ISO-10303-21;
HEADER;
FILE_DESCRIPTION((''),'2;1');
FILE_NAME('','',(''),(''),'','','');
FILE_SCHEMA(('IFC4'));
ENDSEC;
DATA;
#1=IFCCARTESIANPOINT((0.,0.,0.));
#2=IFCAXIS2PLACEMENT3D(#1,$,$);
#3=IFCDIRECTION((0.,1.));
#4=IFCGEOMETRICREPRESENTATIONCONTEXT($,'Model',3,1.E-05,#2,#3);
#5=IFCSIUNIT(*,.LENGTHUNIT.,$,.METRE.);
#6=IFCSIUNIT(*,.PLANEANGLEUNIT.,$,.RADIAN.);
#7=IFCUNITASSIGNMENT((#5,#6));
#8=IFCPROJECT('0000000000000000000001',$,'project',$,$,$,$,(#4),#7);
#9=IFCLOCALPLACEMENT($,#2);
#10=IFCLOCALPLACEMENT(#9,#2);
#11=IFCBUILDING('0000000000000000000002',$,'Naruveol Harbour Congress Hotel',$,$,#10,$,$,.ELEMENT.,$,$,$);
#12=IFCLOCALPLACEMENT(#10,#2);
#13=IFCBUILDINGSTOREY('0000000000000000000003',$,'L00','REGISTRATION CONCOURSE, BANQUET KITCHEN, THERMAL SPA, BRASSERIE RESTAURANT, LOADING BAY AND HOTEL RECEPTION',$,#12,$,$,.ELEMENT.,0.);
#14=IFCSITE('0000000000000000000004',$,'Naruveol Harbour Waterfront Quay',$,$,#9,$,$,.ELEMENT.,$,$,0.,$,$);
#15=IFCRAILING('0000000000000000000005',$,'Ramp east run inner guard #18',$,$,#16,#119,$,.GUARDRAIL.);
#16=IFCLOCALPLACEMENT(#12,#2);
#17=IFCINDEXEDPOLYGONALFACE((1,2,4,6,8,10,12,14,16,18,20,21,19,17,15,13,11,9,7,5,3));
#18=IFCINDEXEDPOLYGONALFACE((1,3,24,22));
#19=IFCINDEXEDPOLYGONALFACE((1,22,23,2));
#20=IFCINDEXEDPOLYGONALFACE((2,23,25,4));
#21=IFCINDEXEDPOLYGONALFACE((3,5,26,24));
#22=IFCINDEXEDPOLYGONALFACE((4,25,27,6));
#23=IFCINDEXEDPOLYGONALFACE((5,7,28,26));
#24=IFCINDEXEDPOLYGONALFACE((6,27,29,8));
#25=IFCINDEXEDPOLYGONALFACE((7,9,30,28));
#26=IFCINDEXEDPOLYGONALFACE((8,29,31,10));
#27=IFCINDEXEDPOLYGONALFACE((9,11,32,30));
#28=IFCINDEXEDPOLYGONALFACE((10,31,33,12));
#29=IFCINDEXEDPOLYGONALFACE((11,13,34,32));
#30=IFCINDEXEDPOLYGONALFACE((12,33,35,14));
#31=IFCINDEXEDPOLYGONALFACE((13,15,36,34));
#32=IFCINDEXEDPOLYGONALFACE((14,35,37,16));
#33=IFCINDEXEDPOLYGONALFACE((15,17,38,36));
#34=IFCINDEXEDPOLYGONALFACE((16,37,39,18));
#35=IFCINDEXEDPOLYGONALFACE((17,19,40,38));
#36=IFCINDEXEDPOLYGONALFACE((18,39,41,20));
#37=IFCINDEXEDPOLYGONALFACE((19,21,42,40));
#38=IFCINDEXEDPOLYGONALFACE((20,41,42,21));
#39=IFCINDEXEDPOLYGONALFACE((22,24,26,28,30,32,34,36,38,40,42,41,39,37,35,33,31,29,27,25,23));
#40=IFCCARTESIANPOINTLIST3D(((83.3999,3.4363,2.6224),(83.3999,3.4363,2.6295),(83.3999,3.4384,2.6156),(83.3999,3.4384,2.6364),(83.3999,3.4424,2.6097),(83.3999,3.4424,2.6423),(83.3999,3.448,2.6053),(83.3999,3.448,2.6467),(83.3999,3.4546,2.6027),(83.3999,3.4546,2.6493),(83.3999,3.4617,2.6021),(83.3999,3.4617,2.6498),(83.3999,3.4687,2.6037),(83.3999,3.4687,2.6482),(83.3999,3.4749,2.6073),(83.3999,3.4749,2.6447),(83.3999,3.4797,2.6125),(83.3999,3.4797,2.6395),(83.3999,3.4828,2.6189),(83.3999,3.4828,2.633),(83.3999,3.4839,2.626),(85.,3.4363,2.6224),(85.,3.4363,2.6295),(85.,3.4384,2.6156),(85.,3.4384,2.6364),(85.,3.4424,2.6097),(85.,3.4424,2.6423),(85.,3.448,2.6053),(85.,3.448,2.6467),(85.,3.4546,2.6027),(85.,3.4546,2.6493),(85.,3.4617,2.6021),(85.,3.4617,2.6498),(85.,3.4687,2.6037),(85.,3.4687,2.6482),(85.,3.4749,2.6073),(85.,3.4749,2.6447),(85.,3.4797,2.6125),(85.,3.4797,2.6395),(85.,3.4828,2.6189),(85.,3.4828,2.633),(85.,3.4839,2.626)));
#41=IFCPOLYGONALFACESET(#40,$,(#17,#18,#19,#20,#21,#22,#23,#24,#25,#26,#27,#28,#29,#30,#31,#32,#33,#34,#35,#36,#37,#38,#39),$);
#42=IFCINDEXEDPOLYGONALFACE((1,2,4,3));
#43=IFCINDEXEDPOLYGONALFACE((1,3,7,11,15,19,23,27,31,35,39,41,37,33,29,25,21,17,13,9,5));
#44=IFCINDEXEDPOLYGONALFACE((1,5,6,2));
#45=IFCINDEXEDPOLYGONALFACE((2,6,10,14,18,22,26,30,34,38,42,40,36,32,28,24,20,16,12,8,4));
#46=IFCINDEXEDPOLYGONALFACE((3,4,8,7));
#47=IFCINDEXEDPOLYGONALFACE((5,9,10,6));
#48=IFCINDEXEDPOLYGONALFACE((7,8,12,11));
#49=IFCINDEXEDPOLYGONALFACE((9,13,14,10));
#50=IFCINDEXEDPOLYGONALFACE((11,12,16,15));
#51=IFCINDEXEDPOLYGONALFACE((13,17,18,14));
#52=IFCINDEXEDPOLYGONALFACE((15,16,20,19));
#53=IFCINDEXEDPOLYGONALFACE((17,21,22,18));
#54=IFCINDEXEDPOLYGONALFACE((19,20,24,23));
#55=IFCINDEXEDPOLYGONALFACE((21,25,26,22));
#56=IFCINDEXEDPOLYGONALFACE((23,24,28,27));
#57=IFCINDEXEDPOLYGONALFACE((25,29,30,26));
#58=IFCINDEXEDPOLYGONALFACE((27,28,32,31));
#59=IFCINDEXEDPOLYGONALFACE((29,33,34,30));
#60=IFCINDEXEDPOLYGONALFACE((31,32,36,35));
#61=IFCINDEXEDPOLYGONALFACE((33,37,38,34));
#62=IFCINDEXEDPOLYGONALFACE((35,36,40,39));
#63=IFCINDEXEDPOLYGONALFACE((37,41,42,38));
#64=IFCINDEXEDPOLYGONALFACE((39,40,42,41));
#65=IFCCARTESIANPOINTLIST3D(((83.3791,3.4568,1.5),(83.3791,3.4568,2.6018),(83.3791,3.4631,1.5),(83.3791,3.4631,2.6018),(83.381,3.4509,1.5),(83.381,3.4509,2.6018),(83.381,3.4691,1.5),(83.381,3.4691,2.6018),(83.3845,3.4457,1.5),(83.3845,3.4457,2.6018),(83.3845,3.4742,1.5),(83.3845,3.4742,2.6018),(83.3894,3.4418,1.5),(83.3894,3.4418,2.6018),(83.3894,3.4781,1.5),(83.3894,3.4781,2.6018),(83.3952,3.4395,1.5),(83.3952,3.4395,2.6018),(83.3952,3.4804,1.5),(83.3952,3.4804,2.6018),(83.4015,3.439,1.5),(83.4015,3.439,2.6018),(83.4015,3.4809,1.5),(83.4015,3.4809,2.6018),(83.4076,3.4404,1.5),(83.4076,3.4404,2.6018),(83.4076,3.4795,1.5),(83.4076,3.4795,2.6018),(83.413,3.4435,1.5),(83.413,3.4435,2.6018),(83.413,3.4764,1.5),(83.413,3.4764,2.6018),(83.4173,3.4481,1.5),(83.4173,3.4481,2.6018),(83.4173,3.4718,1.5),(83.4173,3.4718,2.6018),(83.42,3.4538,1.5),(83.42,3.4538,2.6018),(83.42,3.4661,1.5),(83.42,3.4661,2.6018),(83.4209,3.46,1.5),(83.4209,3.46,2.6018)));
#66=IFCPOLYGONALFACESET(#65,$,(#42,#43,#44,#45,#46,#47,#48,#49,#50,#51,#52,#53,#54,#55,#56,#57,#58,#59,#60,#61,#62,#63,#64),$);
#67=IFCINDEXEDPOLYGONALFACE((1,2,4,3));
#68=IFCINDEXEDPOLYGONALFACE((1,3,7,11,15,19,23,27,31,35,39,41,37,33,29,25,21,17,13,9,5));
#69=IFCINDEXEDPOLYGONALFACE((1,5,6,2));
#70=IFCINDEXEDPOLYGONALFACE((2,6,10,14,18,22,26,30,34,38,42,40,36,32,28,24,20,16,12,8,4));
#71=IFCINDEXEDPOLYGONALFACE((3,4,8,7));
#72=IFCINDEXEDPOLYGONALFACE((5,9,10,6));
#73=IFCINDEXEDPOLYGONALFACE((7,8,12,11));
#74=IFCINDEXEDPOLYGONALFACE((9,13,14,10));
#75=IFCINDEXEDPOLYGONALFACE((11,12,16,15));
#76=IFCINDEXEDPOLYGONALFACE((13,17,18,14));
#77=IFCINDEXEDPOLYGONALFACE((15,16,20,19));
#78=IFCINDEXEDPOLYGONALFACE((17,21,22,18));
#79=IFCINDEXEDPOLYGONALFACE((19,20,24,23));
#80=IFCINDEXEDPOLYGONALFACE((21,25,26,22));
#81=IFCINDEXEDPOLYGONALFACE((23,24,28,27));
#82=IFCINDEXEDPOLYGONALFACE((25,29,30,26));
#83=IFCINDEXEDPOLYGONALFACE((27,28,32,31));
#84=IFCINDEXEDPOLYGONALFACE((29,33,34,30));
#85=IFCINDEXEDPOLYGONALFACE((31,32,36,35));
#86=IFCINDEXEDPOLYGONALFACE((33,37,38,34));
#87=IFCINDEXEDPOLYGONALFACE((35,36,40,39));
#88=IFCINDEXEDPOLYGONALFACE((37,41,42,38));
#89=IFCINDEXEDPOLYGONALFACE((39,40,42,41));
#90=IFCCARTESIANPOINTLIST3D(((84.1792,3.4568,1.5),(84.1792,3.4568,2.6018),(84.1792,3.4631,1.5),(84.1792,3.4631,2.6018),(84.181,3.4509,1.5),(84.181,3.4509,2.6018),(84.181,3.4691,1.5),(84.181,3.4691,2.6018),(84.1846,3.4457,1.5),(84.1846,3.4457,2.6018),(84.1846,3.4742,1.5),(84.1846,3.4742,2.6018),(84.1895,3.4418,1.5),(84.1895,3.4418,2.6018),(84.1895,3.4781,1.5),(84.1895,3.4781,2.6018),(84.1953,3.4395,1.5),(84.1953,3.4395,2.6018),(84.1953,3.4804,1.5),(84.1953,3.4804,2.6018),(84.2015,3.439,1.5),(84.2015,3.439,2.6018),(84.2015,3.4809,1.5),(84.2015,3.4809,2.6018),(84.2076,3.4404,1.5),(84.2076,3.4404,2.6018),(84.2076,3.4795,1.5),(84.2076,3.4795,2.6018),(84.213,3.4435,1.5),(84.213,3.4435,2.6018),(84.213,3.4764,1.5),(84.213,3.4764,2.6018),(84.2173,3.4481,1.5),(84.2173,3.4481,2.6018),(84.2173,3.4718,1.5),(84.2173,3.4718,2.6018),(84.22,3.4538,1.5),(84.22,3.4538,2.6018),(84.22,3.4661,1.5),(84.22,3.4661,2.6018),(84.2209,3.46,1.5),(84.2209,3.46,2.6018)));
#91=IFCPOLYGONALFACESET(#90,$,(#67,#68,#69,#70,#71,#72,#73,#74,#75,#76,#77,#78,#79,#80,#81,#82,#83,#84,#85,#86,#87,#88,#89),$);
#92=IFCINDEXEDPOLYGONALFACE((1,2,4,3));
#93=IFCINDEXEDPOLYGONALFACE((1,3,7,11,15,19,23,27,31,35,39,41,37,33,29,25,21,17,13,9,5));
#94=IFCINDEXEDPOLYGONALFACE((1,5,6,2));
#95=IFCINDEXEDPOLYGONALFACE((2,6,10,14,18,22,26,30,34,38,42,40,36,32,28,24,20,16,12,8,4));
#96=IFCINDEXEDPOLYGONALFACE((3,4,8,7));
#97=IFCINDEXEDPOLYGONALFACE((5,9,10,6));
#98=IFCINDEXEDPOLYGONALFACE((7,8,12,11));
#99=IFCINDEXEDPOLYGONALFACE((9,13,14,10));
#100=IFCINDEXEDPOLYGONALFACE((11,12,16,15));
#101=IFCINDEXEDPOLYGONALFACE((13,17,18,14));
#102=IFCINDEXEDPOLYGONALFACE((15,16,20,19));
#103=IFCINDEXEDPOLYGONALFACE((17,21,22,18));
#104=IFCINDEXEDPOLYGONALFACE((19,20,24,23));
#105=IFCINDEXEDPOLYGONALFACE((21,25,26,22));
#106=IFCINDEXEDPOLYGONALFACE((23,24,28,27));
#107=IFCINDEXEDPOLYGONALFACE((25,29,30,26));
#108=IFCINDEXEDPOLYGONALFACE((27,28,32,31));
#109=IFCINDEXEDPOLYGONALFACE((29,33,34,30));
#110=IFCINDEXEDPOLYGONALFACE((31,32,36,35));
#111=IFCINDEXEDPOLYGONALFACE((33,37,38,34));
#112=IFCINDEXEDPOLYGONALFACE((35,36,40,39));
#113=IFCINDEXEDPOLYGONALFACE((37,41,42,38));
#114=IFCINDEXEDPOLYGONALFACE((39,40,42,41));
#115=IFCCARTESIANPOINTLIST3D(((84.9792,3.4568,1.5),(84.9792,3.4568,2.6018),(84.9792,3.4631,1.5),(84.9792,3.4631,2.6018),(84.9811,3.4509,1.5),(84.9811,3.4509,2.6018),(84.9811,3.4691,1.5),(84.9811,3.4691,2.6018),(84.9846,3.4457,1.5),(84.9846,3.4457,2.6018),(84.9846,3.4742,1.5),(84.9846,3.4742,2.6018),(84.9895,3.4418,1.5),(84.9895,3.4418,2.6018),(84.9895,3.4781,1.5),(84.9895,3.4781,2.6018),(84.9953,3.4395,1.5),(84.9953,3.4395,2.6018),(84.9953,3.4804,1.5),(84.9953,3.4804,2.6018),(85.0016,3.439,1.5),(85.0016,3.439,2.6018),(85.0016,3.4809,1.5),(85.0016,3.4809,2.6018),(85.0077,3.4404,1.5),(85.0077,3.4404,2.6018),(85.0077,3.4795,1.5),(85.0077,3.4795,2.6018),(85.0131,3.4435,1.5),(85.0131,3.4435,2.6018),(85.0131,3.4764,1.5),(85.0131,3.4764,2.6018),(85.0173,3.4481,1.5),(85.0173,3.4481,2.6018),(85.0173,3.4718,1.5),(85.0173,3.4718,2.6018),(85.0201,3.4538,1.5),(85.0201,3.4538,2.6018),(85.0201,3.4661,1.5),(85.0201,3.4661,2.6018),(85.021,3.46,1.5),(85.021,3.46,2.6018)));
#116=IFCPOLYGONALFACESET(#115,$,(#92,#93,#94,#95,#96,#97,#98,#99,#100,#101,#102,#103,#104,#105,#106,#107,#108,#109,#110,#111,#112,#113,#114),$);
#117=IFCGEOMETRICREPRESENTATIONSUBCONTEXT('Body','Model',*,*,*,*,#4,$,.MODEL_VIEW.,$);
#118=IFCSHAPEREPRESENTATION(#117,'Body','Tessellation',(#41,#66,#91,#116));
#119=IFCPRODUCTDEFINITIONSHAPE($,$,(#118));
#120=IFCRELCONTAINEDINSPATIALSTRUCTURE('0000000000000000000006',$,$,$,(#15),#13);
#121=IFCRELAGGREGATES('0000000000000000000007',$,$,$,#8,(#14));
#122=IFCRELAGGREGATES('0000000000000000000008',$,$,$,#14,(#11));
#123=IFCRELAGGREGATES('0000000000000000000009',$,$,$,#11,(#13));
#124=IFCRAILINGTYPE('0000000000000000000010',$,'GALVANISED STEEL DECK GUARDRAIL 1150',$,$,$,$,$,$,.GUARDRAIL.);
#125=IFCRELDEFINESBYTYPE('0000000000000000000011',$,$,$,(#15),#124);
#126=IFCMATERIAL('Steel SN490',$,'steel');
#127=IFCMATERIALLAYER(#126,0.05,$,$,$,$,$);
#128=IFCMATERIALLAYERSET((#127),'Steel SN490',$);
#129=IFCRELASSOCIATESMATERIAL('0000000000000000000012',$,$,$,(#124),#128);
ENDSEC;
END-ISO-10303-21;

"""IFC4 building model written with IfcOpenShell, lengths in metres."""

from ifc_helpers import new_model, si_unit, direction, frame, origin, origin_2d, place, context, subcontext, project, spatial, circle, extrude, material, layer, layer_set, type_object, element, save


model = new_model("IFC4")

# Units and contexts
model_context = context("Model", 3, precision=1e-05, world=origin(), true_north=direction((0.0, 1.0)))
body_context = subcontext(model_context, "Body", "Model", "MODEL_VIEW")
ifc_project = project(units=[si_unit("LENGTHUNIT", "METRE"), si_unit("PLANEANGLEUNIT", "RADIAN")], contexts=[model_context])

# Site, building, storey
site_placement = place(None, origin())
site = spatial("IfcSite", under=ifc_project, at=site_placement, Name="Naruveol Harbour Waterfront Quay", CompositionType="ELEMENT", RefElevation=0.0)
building_placement = place(site_placement, origin())
building = spatial("IfcBuilding", under=site, at=building_placement, Name="Naruveol Harbour Congress Hotel", CompositionType="ELEMENT")
storey_placement = place(building_placement, origin())
storey = spatial("IfcBuildingStorey", under=building, at=storey_placement, Name="L00", Description="REGISTRATION CONCOURSE, BANQUET KITCHEN, THERMAL SPA, BRASSERIE RESTAURANT, LOADING BAY AND HOTEL RECEPTION", CompositionType="ELEMENT", Elevation=0.0)

# Railing
ifc_material_1 = material(Name="Steel SN490", Category="steel")
ifc_layer_1 = layer(ifc_material_1, 0.05)
ifc_layer_set_1 = layer_set([ifc_layer_1], Name="Steel SN490")
railing_type = type_object("IfcRailingType", Name="GALVANISED STEEL DECK GUARDRAIL 1150", PredefinedType="GUARDRAIL", material=ifc_layer_set_1)
for number, where, name in (
    (1, (83.3999, 3.46, 1.5), "Ramp east run inner guard #18"),
):
    element("IfcRailing", number, at=place(storey_placement, frame(where)), inside=storey, type_object=railing_type, Name=name, PredefinedType="GUARDRAIL", context=body_context, shape_type="SweptSolid", body=[
        extrude(circle(Radius=0.0239, at=origin_2d()), frame((0.0, 0.0, 1.126), z_axis=(1.0, 0.0, 0.0), x_axis=(0.0, 1.0, 0.0)), (0.0, 0.0, 1.0), 1.6001),
        extrude(circle(Radius=0.021, at=origin_2d()), origin(), (0.0, 0.0, 1.0), 1.1018),
        extrude(circle(Radius=0.021, at=origin_2d()), frame((0.8, 0.0, 0.0)), (0.0, 0.0, 1.0), 1.1018),
        extrude(circle(Radius=0.021, at=origin_2d()), frame((1.6001, 0.0, 0.0)), (0.0, 0.0, 1.0), 1.1018),
    ])

save(model, "model.ifc")
